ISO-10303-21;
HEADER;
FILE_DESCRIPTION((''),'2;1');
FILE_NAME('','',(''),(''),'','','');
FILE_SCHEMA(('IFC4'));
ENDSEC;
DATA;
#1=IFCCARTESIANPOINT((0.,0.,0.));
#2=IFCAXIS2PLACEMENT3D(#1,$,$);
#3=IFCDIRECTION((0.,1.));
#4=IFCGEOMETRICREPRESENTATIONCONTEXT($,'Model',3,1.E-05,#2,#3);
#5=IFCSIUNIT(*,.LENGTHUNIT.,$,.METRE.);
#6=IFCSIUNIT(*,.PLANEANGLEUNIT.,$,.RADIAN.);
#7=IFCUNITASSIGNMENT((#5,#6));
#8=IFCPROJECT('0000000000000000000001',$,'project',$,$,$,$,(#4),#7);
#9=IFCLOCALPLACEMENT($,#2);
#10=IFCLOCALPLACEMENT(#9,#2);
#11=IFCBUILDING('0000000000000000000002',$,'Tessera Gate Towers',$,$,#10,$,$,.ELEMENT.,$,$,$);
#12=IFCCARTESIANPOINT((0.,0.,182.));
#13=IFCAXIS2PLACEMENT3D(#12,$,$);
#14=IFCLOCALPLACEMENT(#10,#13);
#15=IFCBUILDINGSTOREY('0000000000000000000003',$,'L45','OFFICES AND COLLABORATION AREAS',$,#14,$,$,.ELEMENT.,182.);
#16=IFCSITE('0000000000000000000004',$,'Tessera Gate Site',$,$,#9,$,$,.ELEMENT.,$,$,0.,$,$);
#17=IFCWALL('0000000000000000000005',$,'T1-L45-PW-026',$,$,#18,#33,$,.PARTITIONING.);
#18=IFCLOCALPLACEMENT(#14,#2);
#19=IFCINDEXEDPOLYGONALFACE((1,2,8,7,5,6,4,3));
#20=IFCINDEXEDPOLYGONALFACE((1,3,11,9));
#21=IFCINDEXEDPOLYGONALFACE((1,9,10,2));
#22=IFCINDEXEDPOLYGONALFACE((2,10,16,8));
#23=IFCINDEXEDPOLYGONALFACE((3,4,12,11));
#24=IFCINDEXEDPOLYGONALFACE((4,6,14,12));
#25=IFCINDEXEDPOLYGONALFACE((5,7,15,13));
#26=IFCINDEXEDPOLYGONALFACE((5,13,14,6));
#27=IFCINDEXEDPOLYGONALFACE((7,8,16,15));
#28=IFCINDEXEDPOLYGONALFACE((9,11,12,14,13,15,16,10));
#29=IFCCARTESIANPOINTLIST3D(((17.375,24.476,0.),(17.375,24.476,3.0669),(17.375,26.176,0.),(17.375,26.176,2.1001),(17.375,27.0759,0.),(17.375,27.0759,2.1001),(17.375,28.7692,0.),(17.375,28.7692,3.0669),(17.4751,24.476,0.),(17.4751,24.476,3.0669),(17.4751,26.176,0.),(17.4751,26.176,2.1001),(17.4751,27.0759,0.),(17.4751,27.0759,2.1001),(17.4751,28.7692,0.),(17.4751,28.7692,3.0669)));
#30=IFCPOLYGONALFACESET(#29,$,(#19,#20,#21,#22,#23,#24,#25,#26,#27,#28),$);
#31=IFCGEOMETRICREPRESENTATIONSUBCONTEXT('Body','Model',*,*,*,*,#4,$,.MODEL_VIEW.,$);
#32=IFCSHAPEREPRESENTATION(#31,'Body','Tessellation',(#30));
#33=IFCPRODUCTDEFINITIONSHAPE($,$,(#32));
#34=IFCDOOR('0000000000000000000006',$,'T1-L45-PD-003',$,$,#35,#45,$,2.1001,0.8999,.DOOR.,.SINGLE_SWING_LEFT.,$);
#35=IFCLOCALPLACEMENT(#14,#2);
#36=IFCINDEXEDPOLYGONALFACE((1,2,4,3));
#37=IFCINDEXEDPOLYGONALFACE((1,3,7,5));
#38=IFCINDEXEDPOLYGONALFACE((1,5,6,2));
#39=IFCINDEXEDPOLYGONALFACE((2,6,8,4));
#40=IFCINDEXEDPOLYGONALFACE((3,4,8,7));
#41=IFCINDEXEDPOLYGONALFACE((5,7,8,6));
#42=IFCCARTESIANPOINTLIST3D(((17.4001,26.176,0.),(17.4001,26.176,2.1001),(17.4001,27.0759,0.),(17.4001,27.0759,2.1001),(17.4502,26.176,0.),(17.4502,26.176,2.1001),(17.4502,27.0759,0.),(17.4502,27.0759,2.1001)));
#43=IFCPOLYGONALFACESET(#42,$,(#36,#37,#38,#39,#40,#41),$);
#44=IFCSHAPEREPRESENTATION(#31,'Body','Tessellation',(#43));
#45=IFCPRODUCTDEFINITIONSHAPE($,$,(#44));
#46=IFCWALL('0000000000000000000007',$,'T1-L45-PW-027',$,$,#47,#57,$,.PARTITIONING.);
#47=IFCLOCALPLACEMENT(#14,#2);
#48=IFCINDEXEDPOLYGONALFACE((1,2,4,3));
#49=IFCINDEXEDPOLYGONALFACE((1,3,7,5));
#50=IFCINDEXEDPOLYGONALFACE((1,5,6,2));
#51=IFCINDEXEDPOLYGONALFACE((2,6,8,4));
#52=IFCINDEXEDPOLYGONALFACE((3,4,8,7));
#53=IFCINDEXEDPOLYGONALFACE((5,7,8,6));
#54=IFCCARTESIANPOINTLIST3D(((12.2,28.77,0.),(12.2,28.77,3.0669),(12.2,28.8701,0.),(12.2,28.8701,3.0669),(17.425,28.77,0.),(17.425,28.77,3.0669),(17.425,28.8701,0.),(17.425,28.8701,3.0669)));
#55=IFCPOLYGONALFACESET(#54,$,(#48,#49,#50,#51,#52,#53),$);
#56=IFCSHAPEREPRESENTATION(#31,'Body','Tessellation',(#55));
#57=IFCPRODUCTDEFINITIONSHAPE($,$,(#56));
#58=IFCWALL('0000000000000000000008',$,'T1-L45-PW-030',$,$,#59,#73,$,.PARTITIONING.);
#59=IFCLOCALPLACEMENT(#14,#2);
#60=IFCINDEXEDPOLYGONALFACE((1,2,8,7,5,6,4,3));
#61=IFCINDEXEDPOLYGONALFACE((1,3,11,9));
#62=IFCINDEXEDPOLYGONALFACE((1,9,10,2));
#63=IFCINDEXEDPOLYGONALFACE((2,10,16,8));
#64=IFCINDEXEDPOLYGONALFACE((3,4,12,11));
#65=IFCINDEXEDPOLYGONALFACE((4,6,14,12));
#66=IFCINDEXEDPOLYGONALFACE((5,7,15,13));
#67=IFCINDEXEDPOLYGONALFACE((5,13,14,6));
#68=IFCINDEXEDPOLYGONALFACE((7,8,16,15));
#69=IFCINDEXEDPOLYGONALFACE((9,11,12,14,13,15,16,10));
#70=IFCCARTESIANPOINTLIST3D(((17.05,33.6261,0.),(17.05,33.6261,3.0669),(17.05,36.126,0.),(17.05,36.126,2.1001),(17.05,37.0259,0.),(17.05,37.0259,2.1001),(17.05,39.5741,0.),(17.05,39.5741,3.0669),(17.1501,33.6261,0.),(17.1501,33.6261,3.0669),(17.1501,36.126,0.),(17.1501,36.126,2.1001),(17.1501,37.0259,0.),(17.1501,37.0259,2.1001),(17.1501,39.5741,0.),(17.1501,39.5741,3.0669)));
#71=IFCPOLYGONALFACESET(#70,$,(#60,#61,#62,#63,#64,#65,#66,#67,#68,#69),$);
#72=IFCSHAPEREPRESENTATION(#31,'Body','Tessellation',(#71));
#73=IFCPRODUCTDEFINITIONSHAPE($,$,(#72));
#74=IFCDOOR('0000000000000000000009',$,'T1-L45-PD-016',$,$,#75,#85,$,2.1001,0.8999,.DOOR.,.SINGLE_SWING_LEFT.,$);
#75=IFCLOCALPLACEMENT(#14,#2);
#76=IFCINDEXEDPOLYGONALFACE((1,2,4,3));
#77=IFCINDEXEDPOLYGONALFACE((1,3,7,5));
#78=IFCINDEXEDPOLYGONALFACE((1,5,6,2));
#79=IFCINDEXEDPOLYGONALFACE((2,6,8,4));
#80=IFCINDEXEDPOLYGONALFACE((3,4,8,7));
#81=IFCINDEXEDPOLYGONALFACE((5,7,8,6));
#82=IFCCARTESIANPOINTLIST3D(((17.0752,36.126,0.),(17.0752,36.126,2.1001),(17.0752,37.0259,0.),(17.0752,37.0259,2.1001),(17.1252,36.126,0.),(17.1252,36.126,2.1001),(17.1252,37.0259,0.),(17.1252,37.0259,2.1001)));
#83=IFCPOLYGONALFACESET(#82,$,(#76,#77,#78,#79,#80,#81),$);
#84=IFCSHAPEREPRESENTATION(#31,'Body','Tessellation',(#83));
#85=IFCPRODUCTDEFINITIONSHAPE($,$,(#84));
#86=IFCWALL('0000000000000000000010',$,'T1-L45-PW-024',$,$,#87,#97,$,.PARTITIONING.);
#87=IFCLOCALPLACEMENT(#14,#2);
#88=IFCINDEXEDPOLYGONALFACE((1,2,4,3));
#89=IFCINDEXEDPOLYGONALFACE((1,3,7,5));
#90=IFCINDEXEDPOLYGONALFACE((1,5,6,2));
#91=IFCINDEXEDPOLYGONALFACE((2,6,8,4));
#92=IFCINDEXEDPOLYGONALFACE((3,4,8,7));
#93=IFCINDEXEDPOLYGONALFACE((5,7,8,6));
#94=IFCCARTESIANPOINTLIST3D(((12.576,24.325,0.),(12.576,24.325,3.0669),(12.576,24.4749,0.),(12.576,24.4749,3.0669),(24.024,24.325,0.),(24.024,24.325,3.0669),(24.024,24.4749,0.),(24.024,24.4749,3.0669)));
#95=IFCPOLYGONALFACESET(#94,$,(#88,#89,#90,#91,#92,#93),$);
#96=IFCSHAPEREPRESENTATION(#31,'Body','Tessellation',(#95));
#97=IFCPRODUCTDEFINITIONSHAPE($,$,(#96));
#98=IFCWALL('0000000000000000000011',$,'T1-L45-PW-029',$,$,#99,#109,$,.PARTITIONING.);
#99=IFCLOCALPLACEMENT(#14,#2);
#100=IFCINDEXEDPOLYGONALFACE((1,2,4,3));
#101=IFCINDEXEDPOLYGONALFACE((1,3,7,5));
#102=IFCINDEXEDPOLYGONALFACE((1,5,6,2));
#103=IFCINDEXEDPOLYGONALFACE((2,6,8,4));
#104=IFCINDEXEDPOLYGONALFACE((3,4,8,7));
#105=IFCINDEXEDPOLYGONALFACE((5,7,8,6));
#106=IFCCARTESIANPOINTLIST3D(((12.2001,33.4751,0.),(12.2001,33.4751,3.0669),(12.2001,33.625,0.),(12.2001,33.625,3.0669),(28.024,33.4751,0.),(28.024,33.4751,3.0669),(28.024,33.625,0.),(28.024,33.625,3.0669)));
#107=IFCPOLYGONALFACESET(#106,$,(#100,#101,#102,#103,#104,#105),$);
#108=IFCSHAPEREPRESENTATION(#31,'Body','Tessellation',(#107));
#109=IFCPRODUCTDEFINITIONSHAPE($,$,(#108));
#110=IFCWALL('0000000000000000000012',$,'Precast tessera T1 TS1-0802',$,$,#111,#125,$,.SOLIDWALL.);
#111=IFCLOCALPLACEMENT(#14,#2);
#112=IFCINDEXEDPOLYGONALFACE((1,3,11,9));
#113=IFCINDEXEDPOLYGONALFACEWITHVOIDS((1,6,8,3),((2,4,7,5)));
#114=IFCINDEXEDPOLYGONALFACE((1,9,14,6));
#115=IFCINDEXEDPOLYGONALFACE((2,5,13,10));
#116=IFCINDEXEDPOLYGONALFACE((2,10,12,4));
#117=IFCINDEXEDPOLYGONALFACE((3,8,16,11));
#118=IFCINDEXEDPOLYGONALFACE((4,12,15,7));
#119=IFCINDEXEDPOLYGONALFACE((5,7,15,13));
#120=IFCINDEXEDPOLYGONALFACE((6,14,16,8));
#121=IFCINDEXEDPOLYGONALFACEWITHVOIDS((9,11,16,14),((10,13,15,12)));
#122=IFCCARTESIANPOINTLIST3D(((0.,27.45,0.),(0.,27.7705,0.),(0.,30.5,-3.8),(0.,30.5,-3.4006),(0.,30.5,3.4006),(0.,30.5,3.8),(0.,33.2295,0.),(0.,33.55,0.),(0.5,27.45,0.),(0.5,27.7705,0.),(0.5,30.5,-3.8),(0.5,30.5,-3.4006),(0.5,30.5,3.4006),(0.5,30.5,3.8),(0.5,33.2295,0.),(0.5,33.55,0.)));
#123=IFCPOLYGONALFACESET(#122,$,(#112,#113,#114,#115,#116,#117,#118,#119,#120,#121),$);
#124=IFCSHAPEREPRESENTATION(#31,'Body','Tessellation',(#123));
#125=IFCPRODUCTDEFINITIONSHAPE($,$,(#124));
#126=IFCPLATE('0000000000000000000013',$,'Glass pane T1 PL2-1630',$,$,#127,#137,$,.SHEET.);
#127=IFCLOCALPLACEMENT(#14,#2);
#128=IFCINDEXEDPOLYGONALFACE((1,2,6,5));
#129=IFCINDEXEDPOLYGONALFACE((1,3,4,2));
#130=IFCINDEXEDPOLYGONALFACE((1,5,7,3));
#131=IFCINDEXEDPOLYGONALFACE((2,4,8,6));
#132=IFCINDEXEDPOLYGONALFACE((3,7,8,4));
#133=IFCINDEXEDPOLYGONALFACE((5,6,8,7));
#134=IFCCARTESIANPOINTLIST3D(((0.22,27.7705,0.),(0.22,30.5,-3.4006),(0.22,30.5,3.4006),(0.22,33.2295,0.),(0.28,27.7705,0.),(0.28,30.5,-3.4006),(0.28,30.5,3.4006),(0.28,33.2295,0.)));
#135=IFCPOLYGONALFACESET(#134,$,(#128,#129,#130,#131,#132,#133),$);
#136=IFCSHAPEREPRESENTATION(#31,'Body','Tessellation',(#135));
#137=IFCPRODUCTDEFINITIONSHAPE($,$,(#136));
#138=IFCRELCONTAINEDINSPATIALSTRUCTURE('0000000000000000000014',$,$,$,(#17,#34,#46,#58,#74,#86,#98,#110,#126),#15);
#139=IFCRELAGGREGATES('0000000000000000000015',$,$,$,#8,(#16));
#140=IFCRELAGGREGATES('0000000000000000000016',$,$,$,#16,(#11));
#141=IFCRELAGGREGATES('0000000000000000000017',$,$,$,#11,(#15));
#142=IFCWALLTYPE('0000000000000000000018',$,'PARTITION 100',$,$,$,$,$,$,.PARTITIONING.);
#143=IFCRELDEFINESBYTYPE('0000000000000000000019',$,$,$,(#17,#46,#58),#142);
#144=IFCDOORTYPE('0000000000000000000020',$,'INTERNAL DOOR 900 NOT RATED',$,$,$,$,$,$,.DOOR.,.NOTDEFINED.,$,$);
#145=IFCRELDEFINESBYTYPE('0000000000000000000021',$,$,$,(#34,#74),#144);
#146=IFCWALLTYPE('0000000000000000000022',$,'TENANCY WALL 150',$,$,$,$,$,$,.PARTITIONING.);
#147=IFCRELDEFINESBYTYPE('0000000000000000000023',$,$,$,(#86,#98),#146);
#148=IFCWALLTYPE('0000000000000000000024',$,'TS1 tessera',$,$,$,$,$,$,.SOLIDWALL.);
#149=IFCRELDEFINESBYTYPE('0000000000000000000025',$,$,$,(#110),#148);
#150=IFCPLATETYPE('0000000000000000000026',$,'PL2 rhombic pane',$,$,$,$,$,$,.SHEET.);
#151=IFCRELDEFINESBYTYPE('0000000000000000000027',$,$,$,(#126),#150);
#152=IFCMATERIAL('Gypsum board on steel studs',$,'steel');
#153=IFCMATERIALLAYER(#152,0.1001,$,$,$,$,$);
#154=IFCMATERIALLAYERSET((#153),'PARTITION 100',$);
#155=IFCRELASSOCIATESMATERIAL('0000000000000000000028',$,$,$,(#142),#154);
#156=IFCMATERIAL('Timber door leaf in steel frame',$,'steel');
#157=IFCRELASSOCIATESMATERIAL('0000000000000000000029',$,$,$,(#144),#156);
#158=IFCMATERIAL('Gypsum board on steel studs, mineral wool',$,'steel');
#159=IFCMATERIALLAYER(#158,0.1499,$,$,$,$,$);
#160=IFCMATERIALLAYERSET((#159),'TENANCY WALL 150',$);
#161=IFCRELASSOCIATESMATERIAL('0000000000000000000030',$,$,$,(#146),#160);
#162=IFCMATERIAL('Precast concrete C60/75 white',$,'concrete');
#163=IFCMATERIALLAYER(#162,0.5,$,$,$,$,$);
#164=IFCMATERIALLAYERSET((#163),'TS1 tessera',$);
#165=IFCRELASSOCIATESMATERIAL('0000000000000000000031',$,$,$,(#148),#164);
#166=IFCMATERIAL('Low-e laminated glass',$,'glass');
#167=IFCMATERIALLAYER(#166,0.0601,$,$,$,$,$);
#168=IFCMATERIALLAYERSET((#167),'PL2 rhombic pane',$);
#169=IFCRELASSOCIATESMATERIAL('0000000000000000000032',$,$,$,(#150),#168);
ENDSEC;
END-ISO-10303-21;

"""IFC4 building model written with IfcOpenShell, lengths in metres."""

from ifc_helpers import new_model, si_unit, direction, frame, frame_2d, origin, place, context, subcontext, project, spatial, polyline, rectangle, outline, extrude, source, transform, mapped, material, layer, layer_set, type_object, element, fill, save


model = new_model("IFC4")

# Units and contexts
model_context = context("Model", 3, precision=1e-05, world=origin(), true_north=direction((0.0, 1.0)))
body_context = subcontext(model_context, "Body", "Model", "MODEL_VIEW")
ifc_project = project(units=[si_unit("LENGTHUNIT", "METRE"), si_unit("PLANEANGLEUNIT", "RADIAN")], contexts=[model_context])

# Site, building, storey
site_placement = place(None, origin())
site = spatial("IfcSite", under=ifc_project, at=site_placement, Name="Tessera Gate Site", CompositionType="ELEMENT", RefElevation=0.0)
building_placement = place(site_placement, origin())
building = spatial("IfcBuilding", under=site, at=building_placement, Name="Tessera Gate Towers", CompositionType="ELEMENT")
storey_placement = place(building_placement, frame((0.0, 0.0, 182.0)))
storey = spatial("IfcBuildingStorey", under=building, at=storey_placement, Name="L45", Description="OFFICES AND COLLABORATION AREAS", CompositionType="ELEMENT", Elevation=182.0)

# Wall, opening, door
shared_shape_1 = source(origin(), body_context, "Body", "SweptSolid", [
    extrude(rectangle(XDim=0.8999, YDim=2.1001, at=frame_2d((0.45, 1.05))), frame((0.0, 0.0601, 0.0), z_axis=(0.0, -1.0, 0.0), x_axis=(1.0, 0.0, 0.0)), (0.0, 0.0, 1.0), 0.1201),
])
shared_shape_2 = source(origin(), body_context, "Body", "SweptSolid", [
    extrude(rectangle(XDim=0.8999, YDim=2.1001, at=frame_2d((0.45, 1.05))), frame((0.0, 0.0249, 0.0), z_axis=(0.0, -1.0, 0.0), x_axis=(1.0, 0.0, 0.0)), (0.0, 0.0, 1.0), 0.05),
])
ifc_material_1 = material(Name="Gypsum board on steel studs", Category="steel")
ifc_layer_1 = layer(ifc_material_1, 0.1001)
ifc_layer_set_1 = layer_set([ifc_layer_1], Name="PARTITION 100")
wall_type_1 = type_object("IfcWallType", Name="PARTITION 100", PredefinedType="PARTITIONING", material=ifc_layer_set_1)
wall_1_placement = place(storey_placement, frame((17.425, 24.4761, 0.0), z_axis=(0.0, 0.0, 1.0), x_axis=(0.0, 1.0, 0.0)))
wall_1 = element("IfcWall", 1, at=wall_1_placement, inside=storey, type_object=wall_type_1, Name="T1-L45-PW-026", PredefinedType="PARTITIONING", context=body_context, shape_type="SweptSolid", body=[
    extrude(rectangle(XDim=4.2932, YDim=0.1001, at=frame_2d((2.1465, 0.0))), origin(), (0.0, 0.0, 1.0), 3.0669),
])
opening_1_placement = place(wall_1_placement, frame((1.7, 0.0, 0.0)))
opening_1 = element("IfcOpeningElement", 2, at=opening_1_placement, cuts=wall_1, PredefinedType="OPENING", context=body_context, shape_type="MappedRepresentation", body=[
    mapped(shared_shape_1, transform((0.0, 0.0, 0.0), scale=1.0)),
])
ifc_material_2 = material(Name="Timber door leaf in steel frame", Category="steel")
door_type_1 = type_object("IfcDoorType", Name="INTERNAL DOOR 900 NOT RATED", OperationType="NOTDEFINED", PredefinedType="DOOR", material=ifc_material_2)
door_1_placement = place(opening_1_placement, origin())
door_1 = element("IfcDoor", 3, at=door_1_placement, inside=storey, type_object=door_type_1, Name="T1-L45-PD-003", OperationType="SINGLE_SWING_LEFT", OverallHeight=2.1001, OverallWidth=0.8999, PredefinedType="DOOR", context=body_context, shape_type="MappedRepresentation", body=[
    mapped(shared_shape_2, transform((0.0, 0.0, 0.0), scale=1.0)),
])
fill(opening_1, door_1)

# Wall
wall_2_placement = place(storey_placement, frame((12.2, 28.8201, 0.0), z_axis=(0.0, 0.0, 1.0), x_axis=(1.0, 0.0, 0.0)))
element("IfcWall", 4, at=wall_2_placement, inside=storey, type_object=wall_type_1, Name="T1-L45-PW-027", PredefinedType="PARTITIONING", context=body_context, shape_type="SweptSolid", body=[
    extrude(rectangle(XDim=5.2251, YDim=0.1001, at=frame_2d((2.6125, 0.0))), origin(), (0.0, 0.0, 1.0), 3.0669),
])

# Wall, opening, door
wall_3_placement = place(storey_placement, frame((17.1001, 33.626, 0.0), z_axis=(0.0, 0.0, 1.0), x_axis=(0.0, 1.0, 0.0)))
wall_3 = element("IfcWall", 5, at=wall_3_placement, inside=storey, type_object=wall_type_1, Name="T1-L45-PW-030", PredefinedType="PARTITIONING", context=body_context, shape_type="SweptSolid", body=[
    extrude(rectangle(XDim=5.948, YDim=0.1001, at=frame_2d((2.9741, 0.0))), origin(), (0.0, 0.0, 1.0), 3.0669),
])
opening_2_placement = place(wall_3_placement, frame((2.5, 0.0, 0.0)))
opening_2 = element("IfcOpeningElement", 6, at=opening_2_placement, cuts=wall_3, PredefinedType="OPENING", context=body_context, shape_type="MappedRepresentation", body=[
    mapped(shared_shape_1, transform((0.0, 0.0, 0.0), scale=1.0)),
])
door_2_placement = place(opening_2_placement, origin())
door_2 = element("IfcDoor", 7, at=door_2_placement, inside=storey, type_object=door_type_1, Name="T1-L45-PD-016", OperationType="SINGLE_SWING_LEFT", OverallHeight=2.1001, OverallWidth=0.8999, PredefinedType="DOOR", context=body_context, shape_type="MappedRepresentation", body=[
    mapped(shared_shape_2, transform((0.0, 0.0, 0.0), scale=1.0)),
])
fill(opening_2, door_2)

# Walls
ifc_material_3 = material(Name="Gypsum board on steel studs, mineral wool", Category="steel")
ifc_layer_2 = layer(ifc_material_3, 0.1499)
ifc_layer_set_2 = layer_set([ifc_layer_2], Name="TENANCY WALL 150")
wall_type_2 = type_object("IfcWallType", Name="TENANCY WALL 150", PredefinedType="PARTITIONING", material=ifc_layer_set_2)
wall_4_placement = place(storey_placement, frame((12.5759, 24.3999, 0.0), z_axis=(0.0, 0.0, 1.0), x_axis=(1.0, 0.0, 0.0)))
element("IfcWall", 8, at=wall_4_placement, inside=storey, type_object=wall_type_2, Name="T1-L45-PW-024", PredefinedType="PARTITIONING", context=body_context, shape_type="SweptSolid", body=[
    extrude(rectangle(XDim=11.448, YDim=0.1499, at=frame_2d((5.7241, 0.0))), origin(), (0.0, 0.0, 1.0), 3.0669),
])
wall_5_placement = place(storey_placement, frame((12.2, 33.55, 0.0), z_axis=(0.0, 0.0, 1.0), x_axis=(1.0, 0.0, 0.0)))
element("IfcWall", 9, at=wall_5_placement, inside=storey, type_object=wall_type_2, Name="T1-L45-PW-029", PredefinedType="PARTITIONING", context=body_context, shape_type="SweptSolid", body=[
    extrude(rectangle(XDim=15.824, YDim=0.1499, at=frame_2d((7.9121, 0.0))), origin(), (0.0, 0.0, 1.0), 3.0669),
])

# Wall, opening, plate
ifc_material_4 = material(Name="Precast concrete C60/75 white", Category="concrete")
ifc_layer_3 = layer(ifc_material_4, 0.5)
ifc_layer_set_3 = layer_set([ifc_layer_3], Name="TS1 tessera")
wall_type_3 = type_object("IfcWallType", Name="TS1 tessera", PredefinedType="SOLIDWALL", material=ifc_layer_set_3)
shared_shape_3 = source(origin(), body_context, "Body", "SweptSolid", [
    extrude(outline(polyline([(3.05, 0.0), (6.1001, 3.8), (3.05, 7.6001), (0.0, 3.8), (3.05, 0.0)])), frame((0.0, 0.25, 0.0), z_axis=(0.0, -1.0, 0.0), x_axis=(1.0, 0.0, 0.0)), (0.0, 0.0, 1.0), 0.5),
])
wall_6_placement = place(storey_placement, frame((0.25, 33.55, -3.8), z_axis=(0.0, 0.0, 1.0), x_axis=(0.0, -1.0, 0.0)))
wall_6 = element("IfcWall", 10, at=wall_6_placement, inside=storey, type_object=wall_type_3, Name="Precast tessera T1 TS1-0802", PredefinedType="SOLIDWALL", context=body_context, shape_type="MappedRepresentation", body=[
    mapped(shared_shape_3, transform((0.0, 0.0, 0.0), scale=1.0)),
])
shared_shape_4 = source(origin(), body_context, "Body", "SweptSolid", [
    extrude(outline(polyline([(3.05, 0.3994), (5.7795, 3.8), (3.05, 7.2007), (0.3206, 3.8), (3.05, 0.3994)])), frame((0.0, 0.26, 0.0), z_axis=(0.0, -1.0, 0.0), x_axis=(1.0, 0.0, 0.0)), (0.0, 0.0, 1.0), 0.52),
])
opening_3_placement = place(wall_6_placement, origin())
opening_3 = element("IfcOpeningElement", 11, at=opening_3_placement, cuts=wall_6, PredefinedType="OPENING", context=body_context, shape_type="MappedRepresentation", body=[
    mapped(shared_shape_4, transform((0.0, 0.0, 0.0), scale=1.0)),
])
ifc_material_5 = material(Name="Low-e laminated glass", Category="glass")
ifc_layer_4 = layer(ifc_material_5, 0.0601)
ifc_layer_set_4 = layer_set([ifc_layer_4], Name="PL2 rhombic pane")
plate_type = type_object("IfcPlateType", Name="PL2 rhombic pane", PredefinedType="SHEET", material=ifc_layer_set_4)
shared_shape_5 = source(origin(), body_context, "Body", "SweptSolid", [
    extrude(outline(polyline([(3.05, 0.3994), (5.7795, 3.8), (3.05, 7.2007), (0.3206, 3.8), (3.05, 0.3994)])), frame((0.0, 0.03, 0.0), z_axis=(0.0, -1.0, 0.0), x_axis=(1.0, 0.0, 0.0)), (0.0, 0.0, 1.0), 0.0601),
])
plate_placement = place(opening_3_placement, origin())
plate = element("IfcPlate", 12, at=plate_placement, inside=storey, type_object=plate_type, Name="Glass pane T1 PL2-1630", PredefinedType="SHEET", context=body_context, shape_type="MappedRepresentation", body=[
    mapped(shared_shape_5, transform((0.0, 0.0, 0.0), scale=1.0)),
])
fill(opening_3, plate)

save(model, "model.ifc")
